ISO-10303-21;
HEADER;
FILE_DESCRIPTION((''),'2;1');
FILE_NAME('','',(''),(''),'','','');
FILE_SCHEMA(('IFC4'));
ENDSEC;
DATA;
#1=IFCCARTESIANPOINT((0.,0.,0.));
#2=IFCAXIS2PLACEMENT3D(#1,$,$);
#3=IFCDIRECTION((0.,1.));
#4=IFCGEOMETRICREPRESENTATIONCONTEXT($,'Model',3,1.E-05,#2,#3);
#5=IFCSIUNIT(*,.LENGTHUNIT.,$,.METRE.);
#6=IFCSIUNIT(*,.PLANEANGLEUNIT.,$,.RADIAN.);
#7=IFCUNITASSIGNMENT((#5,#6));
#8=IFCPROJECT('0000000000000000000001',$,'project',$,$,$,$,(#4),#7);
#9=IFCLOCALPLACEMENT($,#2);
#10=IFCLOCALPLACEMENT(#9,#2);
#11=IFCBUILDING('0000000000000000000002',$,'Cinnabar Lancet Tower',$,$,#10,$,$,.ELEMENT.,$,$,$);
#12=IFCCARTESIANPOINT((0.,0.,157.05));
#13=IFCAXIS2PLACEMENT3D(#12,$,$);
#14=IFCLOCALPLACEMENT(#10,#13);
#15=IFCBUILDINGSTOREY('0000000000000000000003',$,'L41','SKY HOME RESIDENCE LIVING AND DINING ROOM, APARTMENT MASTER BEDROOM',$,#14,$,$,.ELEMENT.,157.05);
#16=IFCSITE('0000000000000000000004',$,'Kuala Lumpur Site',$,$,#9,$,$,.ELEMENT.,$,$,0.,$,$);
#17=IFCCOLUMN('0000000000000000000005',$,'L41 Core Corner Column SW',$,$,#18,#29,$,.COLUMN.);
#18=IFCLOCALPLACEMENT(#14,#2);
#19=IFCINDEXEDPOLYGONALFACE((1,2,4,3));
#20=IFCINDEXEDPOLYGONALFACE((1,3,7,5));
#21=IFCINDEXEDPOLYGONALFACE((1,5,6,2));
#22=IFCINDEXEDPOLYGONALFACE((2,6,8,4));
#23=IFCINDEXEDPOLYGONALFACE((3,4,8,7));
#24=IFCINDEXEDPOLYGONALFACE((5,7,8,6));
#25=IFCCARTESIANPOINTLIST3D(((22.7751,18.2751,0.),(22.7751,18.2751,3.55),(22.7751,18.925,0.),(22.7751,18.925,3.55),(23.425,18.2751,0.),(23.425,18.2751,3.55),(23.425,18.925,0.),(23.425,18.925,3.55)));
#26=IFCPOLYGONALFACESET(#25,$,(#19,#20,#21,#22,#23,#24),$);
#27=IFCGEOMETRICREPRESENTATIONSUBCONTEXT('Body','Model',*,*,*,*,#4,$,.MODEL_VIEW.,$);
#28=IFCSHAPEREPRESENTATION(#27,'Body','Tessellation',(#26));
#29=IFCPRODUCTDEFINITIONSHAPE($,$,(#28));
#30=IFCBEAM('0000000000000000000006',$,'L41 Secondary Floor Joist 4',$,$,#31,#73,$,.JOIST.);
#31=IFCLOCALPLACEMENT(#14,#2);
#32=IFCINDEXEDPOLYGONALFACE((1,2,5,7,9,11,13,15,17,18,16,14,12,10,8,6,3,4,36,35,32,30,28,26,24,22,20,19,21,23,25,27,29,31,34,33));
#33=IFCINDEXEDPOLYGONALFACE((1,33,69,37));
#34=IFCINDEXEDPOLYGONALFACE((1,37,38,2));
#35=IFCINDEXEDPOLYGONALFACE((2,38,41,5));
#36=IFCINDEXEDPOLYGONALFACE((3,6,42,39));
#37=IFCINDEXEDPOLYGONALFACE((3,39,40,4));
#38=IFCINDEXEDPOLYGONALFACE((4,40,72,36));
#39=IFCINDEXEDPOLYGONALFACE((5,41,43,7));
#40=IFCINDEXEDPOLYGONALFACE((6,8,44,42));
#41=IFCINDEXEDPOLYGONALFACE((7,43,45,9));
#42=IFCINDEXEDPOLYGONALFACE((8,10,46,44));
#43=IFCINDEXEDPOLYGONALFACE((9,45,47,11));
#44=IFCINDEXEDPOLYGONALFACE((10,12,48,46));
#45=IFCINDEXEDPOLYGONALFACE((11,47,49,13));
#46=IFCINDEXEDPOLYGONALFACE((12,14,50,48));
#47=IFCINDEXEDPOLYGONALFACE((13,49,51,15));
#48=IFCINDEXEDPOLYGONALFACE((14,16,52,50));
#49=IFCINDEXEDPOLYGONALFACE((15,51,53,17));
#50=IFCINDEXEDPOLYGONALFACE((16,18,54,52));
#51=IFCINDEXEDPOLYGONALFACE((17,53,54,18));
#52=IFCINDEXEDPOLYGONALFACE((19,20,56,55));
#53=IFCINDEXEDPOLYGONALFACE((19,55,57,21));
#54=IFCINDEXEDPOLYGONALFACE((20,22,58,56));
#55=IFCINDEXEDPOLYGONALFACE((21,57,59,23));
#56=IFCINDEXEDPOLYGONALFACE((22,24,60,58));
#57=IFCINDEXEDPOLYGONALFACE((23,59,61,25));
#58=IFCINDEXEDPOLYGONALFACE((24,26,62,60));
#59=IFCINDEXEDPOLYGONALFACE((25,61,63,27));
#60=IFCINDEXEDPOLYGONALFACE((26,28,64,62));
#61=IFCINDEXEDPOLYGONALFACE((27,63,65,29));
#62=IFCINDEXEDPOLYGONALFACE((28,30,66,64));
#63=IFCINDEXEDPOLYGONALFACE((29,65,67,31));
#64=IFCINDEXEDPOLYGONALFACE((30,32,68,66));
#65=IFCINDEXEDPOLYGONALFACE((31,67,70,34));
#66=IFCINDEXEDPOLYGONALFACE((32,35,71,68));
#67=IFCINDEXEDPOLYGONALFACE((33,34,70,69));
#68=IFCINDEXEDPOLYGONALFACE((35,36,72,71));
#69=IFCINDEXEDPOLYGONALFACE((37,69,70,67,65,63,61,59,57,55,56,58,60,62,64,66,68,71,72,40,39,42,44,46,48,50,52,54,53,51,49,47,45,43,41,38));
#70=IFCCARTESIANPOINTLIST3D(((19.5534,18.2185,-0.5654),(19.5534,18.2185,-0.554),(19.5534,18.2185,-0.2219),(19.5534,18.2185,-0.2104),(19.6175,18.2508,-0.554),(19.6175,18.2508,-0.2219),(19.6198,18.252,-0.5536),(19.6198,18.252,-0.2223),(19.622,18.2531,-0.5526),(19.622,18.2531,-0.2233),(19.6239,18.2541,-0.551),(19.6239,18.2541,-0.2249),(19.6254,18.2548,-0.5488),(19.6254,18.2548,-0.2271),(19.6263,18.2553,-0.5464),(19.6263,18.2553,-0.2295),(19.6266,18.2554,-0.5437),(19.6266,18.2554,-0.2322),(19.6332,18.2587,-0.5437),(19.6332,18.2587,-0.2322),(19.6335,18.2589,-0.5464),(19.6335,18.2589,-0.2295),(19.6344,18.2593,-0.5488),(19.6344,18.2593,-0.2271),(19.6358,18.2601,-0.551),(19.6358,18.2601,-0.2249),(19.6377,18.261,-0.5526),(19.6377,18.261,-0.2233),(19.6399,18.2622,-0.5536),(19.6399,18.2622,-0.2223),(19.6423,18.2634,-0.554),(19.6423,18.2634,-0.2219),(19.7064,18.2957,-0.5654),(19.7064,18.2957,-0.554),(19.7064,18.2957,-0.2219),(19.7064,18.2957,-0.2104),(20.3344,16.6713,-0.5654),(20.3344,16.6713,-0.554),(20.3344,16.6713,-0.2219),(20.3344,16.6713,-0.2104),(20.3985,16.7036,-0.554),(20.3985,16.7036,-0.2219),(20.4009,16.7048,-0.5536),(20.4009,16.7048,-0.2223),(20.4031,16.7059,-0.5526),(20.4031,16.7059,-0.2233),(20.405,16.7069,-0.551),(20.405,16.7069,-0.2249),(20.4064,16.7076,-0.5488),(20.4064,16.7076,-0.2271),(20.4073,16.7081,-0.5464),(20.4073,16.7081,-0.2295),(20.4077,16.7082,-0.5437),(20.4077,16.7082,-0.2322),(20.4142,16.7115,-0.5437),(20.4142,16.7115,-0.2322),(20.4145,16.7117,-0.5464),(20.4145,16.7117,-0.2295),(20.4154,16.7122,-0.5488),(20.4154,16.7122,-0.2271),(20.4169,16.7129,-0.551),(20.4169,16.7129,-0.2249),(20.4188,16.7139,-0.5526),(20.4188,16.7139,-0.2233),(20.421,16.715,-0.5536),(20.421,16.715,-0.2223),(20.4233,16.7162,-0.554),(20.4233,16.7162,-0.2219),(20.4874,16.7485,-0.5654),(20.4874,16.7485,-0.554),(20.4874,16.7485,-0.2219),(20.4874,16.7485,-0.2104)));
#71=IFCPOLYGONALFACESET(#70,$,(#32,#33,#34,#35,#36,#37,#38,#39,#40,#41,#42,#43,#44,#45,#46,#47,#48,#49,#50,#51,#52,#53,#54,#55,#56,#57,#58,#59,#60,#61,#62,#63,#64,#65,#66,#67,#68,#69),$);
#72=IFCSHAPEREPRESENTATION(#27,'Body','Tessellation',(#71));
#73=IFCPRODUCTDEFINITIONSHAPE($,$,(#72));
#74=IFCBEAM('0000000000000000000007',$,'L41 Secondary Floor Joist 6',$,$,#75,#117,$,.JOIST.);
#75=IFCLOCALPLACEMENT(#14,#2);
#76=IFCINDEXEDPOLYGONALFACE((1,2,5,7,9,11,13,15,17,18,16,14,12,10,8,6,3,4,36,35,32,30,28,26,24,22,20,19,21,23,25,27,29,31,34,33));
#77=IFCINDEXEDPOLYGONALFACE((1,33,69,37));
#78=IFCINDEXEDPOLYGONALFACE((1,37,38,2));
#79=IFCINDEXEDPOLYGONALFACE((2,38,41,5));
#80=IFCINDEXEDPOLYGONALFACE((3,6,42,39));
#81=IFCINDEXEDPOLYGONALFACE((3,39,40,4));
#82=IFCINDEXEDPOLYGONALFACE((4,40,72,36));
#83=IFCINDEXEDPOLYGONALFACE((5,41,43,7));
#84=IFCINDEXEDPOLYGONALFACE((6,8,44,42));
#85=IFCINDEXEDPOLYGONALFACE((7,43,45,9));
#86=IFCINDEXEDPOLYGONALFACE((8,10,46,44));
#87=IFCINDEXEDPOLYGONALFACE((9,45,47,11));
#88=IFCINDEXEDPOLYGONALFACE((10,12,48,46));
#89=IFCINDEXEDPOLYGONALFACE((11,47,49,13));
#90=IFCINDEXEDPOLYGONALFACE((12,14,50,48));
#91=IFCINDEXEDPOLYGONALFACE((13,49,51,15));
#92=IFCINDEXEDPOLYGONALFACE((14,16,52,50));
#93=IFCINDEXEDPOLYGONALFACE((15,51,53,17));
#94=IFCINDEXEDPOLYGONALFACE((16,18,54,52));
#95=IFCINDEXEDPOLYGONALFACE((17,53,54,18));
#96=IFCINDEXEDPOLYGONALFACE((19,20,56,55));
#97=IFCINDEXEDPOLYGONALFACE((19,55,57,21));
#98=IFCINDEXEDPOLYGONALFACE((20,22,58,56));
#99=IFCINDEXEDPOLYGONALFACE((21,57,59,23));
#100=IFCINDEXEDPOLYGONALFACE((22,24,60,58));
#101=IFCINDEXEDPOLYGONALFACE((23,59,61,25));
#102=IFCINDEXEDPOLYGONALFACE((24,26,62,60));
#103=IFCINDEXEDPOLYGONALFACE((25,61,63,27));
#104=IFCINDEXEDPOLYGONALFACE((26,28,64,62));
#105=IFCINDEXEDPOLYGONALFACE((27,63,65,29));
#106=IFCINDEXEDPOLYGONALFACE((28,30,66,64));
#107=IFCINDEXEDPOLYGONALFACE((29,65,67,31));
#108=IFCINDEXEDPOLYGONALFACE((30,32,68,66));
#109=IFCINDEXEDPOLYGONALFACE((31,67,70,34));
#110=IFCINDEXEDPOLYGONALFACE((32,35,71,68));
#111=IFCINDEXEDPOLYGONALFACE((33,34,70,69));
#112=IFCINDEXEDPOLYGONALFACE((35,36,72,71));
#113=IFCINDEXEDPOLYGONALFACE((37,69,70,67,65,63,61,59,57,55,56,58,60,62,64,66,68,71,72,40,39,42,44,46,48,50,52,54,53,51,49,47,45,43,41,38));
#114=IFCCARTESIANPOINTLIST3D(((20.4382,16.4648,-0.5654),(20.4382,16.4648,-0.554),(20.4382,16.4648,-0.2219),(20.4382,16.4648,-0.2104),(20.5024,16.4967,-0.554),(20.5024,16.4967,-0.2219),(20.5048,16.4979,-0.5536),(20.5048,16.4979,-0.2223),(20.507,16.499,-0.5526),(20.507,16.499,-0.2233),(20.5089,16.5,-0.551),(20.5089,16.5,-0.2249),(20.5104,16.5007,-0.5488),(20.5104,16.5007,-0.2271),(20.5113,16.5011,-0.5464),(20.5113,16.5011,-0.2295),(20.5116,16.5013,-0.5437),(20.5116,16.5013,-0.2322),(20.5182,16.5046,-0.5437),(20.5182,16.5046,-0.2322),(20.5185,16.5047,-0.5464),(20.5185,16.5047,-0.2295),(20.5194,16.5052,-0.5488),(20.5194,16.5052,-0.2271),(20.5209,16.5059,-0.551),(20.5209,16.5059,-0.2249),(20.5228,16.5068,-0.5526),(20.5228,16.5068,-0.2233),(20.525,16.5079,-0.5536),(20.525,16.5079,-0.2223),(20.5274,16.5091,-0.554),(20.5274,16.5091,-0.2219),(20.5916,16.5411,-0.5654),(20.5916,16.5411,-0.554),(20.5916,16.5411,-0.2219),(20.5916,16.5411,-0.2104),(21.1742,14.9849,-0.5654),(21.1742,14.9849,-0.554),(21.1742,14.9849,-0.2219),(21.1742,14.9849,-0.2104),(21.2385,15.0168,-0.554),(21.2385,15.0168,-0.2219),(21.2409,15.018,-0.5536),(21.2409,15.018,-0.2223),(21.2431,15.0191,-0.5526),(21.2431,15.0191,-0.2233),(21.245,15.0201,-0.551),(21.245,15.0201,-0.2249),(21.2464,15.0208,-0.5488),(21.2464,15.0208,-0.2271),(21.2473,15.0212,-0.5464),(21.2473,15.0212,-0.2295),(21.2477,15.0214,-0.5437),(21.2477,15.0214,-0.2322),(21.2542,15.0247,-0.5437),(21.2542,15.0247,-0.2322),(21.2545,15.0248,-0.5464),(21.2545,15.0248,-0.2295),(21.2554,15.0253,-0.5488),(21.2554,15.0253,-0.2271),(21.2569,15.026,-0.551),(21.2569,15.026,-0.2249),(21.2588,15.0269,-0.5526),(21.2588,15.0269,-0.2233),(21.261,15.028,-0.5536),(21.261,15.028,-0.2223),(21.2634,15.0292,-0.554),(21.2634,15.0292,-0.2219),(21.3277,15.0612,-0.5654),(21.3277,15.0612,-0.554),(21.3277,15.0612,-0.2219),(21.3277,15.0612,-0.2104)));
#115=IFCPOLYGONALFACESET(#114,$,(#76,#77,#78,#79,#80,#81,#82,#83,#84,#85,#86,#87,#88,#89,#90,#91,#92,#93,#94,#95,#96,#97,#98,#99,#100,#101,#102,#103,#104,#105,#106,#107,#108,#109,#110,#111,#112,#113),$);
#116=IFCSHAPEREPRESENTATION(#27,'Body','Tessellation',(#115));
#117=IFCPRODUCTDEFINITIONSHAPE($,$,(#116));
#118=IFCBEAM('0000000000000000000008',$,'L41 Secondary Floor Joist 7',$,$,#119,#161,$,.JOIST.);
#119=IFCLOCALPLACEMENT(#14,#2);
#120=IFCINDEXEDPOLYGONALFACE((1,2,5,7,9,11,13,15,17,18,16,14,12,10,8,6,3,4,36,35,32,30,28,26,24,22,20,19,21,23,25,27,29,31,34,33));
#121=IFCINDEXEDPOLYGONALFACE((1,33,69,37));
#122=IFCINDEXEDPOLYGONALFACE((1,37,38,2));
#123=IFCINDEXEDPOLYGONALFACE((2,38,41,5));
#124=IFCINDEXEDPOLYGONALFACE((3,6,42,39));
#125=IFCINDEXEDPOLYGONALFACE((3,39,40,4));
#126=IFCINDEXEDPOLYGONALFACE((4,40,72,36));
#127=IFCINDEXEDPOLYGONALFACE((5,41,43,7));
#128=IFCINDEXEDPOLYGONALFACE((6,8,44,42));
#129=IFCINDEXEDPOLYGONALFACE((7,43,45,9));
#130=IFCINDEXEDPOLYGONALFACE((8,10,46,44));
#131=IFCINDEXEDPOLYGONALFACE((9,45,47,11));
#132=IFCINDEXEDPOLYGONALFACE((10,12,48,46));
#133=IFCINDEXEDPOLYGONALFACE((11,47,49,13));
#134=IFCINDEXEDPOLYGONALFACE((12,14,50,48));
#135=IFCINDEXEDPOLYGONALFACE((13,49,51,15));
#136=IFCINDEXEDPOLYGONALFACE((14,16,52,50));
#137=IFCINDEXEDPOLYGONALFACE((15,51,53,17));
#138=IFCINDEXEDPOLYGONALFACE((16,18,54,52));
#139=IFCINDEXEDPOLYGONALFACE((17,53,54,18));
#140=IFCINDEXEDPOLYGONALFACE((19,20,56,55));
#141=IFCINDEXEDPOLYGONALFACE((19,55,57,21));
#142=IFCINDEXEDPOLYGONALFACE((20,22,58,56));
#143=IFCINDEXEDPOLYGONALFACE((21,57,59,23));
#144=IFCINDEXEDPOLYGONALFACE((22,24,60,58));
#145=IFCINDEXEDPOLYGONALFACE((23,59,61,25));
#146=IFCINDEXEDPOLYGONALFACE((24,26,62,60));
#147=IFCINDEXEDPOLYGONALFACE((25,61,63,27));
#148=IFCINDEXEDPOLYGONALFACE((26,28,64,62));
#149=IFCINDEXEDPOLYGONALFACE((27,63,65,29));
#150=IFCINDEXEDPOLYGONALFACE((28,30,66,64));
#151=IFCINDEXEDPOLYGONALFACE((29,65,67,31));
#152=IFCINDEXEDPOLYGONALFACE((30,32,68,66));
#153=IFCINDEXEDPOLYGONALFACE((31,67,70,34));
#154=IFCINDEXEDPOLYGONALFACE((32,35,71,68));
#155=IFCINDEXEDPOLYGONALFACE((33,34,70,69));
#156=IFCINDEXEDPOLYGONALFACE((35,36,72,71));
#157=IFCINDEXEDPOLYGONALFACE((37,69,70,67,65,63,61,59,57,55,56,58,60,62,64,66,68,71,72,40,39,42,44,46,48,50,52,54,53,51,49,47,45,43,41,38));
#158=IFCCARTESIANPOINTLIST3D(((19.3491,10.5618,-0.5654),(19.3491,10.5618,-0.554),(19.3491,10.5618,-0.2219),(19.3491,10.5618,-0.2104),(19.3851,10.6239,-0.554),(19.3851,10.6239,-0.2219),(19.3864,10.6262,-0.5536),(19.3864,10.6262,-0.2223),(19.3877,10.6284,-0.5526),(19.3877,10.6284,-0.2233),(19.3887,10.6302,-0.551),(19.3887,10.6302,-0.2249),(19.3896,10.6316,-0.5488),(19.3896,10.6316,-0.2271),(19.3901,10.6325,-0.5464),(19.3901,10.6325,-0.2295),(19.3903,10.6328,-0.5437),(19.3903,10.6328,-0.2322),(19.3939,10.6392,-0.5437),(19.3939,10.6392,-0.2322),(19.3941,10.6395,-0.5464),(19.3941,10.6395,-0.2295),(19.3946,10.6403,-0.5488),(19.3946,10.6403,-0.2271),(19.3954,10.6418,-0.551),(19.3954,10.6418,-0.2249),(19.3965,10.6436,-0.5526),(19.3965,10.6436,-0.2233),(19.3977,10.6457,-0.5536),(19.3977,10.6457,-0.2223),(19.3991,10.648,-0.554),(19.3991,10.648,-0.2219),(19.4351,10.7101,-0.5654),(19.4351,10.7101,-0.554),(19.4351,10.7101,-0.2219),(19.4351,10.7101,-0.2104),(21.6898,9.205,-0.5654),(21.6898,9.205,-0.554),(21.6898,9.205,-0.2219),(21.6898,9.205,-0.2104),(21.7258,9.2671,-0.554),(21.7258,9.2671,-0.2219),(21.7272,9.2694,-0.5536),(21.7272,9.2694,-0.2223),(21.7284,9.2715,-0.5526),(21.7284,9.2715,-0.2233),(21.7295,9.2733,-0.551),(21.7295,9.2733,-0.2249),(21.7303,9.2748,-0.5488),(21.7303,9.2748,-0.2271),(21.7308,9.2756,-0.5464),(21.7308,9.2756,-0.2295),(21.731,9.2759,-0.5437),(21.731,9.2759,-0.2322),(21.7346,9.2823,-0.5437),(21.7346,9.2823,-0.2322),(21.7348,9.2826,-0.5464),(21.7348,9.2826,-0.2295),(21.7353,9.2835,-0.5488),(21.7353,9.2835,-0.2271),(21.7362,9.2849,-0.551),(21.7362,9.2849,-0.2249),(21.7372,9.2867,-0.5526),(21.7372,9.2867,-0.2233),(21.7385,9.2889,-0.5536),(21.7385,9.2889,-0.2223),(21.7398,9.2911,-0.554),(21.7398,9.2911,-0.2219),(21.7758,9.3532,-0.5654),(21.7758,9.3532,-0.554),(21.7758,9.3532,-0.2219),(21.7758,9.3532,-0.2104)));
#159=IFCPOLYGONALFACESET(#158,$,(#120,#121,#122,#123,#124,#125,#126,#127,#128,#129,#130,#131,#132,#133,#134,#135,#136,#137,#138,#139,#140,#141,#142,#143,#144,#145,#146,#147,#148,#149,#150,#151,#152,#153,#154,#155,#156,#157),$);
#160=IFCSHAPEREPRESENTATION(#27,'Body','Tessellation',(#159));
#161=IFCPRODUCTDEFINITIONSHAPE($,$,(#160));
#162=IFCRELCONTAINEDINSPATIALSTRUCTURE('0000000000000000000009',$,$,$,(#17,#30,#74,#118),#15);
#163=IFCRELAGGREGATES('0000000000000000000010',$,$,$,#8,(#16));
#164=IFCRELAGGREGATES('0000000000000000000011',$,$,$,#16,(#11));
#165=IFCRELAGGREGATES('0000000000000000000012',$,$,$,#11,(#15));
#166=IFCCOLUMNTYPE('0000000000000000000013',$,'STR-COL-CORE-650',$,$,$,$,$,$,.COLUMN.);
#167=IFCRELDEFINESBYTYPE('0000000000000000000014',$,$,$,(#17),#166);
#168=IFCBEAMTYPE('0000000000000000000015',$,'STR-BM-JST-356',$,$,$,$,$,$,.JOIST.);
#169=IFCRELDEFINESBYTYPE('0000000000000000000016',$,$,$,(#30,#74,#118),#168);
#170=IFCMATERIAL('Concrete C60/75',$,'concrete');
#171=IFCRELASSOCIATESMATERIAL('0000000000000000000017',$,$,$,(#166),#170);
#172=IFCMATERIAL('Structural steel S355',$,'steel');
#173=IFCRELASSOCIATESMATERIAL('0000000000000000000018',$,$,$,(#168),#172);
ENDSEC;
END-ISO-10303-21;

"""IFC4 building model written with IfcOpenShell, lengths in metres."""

from ifc_helpers import new_model, si_unit, direction, frame, origin, origin_2d, place, context, subcontext, project, spatial, rectangle, i_section, extrude, material, material_profile, profile_set, type_object, element, save


model = new_model("IFC4")

# Units and contexts
model_context = context("Model", 3, precision=1e-05, world=origin(), true_north=direction((0.0, 1.0)))
body_context = subcontext(model_context, "Body", "Model", "MODEL_VIEW")
ifc_project = project(units=[si_unit("LENGTHUNIT", "METRE"), si_unit("PLANEANGLEUNIT", "RADIAN")], contexts=[model_context])

# Site, building, storey
site_placement = place(None, origin())
site = spatial("IfcSite", under=ifc_project, at=site_placement, Name="Kuala Lumpur Site", CompositionType="ELEMENT", RefElevation=0.0)
building_placement = place(site_placement, origin())
building = spatial("IfcBuilding", under=site, at=building_placement, Name="Cinnabar Lancet Tower", CompositionType="ELEMENT")
storey_placement = place(building_placement, frame((0.0, 0.0, 157.05)))
storey = spatial("IfcBuildingStorey", under=building, at=storey_placement, Name="L41", Description="SKY HOME RESIDENCE LIVING AND DINING ROOM, APARTMENT MASTER BEDROOM", CompositionType="ELEMENT", Elevation=157.05)

# Column
ifc_material_1 = material(Name="Concrete C60/75", Category="concrete")
ifc_material_profile_1 = material_profile(ifc_material_1, rectangle(XDim=0.6499, YDim=0.6499, at=origin_2d()), Name="RC-COL 650x650")
ifc_profile_set_1 = profile_set([ifc_material_profile_1], Name="Concrete C60/75")
column_type = type_object("IfcColumnType", Name="STR-COL-CORE-650", PredefinedType="COLUMN", material=ifc_profile_set_1)
column_placement = place(storey_placement, frame((23.1001, 18.6001, 0.0), z_axis=(0.0, 0.0, 1.0), x_axis=(1.0, 0.0, 0.0)))
element("IfcColumn", 1, at=column_placement, inside=storey, type_object=column_type, Name="L41 Core Corner Column SW", PredefinedType="COLUMN", context=body_context, shape_type="SweptSolid", body=[
    extrude(rectangle(XDim=0.6499, YDim=0.6499, at=origin_2d()), origin(), (0.0, 0.0, 1.0), 3.55),
])

# Beams
ifc_material_2 = material(Name="Structural steel S355", Category="steel")
ifc_material_profile_2 = material_profile(ifc_material_2, i_section(OverallWidth=0.1714, OverallDepth=0.355, WebThickness=0.0073, FlangeThickness=0.0115, FilletRadius=0.0103, at=origin_2d()), Name="UKB 356x171x51")
ifc_profile_set_2 = profile_set([ifc_material_profile_2], Name="Structural steel S355")
beam_type_1 = type_object("IfcBeamType", Name="STR-BM-JST-356", PredefinedType="JOIST", material=ifc_profile_set_2)
beam_1_placement = place(storey_placement, frame((19.6299, 18.2571, -0.3879), z_axis=(0.450648, -0.892702, 0.0), x_axis=(0.892702, 0.450648, 0.0)))
element("IfcBeam", 2, at=beam_1_placement, inside=storey, type_object=beam_type_1, Name="L41 Secondary Floor Joist 4", PredefinedType="JOIST", context=body_context, shape_type="SweptSolid", body=[
    extrude(i_section(OverallWidth=0.1714, OverallDepth=0.355, WebThickness=0.0073, FlangeThickness=0.0115, FilletRadius=0.0103, at=origin_2d()), origin(), (0.0, 0.0, 1.0), 1.7332),
])
beam_2_placement = place(storey_placement, frame((20.5149, 16.5029, -0.3879), z_axis=(0.445322, -0.89537, 0.0), x_axis=(0.89537, 0.445322, 0.0)))
element("IfcBeam", 3, at=beam_2_placement, inside=storey, type_object=beam_type_1, Name="L41 Secondary Floor Joist 6", PredefinedType="JOIST", context=body_context, shape_type="SweptSolid", body=[
    extrude(i_section(OverallWidth=0.1714, OverallDepth=0.355, WebThickness=0.0073, FlangeThickness=0.0115, FilletRadius=0.0103, at=origin_2d()), origin(), (0.0, 0.0, 1.0), 1.6528),
])
beam_3_placement = place(storey_placement, frame((19.3921, 10.636, -0.3879), z_axis=(0.86515, -0.501513, 0.0), x_axis=(0.501513, 0.86515, 0.0)))
element("IfcBeam", 4, at=beam_3_placement, inside=storey, type_object=beam_type_1, Name="L41 Secondary Floor Joist 7", PredefinedType="JOIST", context=body_context, shape_type="SweptSolid", body=[
    extrude(i_section(OverallWidth=0.1714, OverallDepth=0.355, WebThickness=0.0073, FlangeThickness=0.0115, FilletRadius=0.0103, at=origin_2d()), origin(), (0.0, 0.0, 1.0), 2.7056),
])

save(model, "model.ifc")
